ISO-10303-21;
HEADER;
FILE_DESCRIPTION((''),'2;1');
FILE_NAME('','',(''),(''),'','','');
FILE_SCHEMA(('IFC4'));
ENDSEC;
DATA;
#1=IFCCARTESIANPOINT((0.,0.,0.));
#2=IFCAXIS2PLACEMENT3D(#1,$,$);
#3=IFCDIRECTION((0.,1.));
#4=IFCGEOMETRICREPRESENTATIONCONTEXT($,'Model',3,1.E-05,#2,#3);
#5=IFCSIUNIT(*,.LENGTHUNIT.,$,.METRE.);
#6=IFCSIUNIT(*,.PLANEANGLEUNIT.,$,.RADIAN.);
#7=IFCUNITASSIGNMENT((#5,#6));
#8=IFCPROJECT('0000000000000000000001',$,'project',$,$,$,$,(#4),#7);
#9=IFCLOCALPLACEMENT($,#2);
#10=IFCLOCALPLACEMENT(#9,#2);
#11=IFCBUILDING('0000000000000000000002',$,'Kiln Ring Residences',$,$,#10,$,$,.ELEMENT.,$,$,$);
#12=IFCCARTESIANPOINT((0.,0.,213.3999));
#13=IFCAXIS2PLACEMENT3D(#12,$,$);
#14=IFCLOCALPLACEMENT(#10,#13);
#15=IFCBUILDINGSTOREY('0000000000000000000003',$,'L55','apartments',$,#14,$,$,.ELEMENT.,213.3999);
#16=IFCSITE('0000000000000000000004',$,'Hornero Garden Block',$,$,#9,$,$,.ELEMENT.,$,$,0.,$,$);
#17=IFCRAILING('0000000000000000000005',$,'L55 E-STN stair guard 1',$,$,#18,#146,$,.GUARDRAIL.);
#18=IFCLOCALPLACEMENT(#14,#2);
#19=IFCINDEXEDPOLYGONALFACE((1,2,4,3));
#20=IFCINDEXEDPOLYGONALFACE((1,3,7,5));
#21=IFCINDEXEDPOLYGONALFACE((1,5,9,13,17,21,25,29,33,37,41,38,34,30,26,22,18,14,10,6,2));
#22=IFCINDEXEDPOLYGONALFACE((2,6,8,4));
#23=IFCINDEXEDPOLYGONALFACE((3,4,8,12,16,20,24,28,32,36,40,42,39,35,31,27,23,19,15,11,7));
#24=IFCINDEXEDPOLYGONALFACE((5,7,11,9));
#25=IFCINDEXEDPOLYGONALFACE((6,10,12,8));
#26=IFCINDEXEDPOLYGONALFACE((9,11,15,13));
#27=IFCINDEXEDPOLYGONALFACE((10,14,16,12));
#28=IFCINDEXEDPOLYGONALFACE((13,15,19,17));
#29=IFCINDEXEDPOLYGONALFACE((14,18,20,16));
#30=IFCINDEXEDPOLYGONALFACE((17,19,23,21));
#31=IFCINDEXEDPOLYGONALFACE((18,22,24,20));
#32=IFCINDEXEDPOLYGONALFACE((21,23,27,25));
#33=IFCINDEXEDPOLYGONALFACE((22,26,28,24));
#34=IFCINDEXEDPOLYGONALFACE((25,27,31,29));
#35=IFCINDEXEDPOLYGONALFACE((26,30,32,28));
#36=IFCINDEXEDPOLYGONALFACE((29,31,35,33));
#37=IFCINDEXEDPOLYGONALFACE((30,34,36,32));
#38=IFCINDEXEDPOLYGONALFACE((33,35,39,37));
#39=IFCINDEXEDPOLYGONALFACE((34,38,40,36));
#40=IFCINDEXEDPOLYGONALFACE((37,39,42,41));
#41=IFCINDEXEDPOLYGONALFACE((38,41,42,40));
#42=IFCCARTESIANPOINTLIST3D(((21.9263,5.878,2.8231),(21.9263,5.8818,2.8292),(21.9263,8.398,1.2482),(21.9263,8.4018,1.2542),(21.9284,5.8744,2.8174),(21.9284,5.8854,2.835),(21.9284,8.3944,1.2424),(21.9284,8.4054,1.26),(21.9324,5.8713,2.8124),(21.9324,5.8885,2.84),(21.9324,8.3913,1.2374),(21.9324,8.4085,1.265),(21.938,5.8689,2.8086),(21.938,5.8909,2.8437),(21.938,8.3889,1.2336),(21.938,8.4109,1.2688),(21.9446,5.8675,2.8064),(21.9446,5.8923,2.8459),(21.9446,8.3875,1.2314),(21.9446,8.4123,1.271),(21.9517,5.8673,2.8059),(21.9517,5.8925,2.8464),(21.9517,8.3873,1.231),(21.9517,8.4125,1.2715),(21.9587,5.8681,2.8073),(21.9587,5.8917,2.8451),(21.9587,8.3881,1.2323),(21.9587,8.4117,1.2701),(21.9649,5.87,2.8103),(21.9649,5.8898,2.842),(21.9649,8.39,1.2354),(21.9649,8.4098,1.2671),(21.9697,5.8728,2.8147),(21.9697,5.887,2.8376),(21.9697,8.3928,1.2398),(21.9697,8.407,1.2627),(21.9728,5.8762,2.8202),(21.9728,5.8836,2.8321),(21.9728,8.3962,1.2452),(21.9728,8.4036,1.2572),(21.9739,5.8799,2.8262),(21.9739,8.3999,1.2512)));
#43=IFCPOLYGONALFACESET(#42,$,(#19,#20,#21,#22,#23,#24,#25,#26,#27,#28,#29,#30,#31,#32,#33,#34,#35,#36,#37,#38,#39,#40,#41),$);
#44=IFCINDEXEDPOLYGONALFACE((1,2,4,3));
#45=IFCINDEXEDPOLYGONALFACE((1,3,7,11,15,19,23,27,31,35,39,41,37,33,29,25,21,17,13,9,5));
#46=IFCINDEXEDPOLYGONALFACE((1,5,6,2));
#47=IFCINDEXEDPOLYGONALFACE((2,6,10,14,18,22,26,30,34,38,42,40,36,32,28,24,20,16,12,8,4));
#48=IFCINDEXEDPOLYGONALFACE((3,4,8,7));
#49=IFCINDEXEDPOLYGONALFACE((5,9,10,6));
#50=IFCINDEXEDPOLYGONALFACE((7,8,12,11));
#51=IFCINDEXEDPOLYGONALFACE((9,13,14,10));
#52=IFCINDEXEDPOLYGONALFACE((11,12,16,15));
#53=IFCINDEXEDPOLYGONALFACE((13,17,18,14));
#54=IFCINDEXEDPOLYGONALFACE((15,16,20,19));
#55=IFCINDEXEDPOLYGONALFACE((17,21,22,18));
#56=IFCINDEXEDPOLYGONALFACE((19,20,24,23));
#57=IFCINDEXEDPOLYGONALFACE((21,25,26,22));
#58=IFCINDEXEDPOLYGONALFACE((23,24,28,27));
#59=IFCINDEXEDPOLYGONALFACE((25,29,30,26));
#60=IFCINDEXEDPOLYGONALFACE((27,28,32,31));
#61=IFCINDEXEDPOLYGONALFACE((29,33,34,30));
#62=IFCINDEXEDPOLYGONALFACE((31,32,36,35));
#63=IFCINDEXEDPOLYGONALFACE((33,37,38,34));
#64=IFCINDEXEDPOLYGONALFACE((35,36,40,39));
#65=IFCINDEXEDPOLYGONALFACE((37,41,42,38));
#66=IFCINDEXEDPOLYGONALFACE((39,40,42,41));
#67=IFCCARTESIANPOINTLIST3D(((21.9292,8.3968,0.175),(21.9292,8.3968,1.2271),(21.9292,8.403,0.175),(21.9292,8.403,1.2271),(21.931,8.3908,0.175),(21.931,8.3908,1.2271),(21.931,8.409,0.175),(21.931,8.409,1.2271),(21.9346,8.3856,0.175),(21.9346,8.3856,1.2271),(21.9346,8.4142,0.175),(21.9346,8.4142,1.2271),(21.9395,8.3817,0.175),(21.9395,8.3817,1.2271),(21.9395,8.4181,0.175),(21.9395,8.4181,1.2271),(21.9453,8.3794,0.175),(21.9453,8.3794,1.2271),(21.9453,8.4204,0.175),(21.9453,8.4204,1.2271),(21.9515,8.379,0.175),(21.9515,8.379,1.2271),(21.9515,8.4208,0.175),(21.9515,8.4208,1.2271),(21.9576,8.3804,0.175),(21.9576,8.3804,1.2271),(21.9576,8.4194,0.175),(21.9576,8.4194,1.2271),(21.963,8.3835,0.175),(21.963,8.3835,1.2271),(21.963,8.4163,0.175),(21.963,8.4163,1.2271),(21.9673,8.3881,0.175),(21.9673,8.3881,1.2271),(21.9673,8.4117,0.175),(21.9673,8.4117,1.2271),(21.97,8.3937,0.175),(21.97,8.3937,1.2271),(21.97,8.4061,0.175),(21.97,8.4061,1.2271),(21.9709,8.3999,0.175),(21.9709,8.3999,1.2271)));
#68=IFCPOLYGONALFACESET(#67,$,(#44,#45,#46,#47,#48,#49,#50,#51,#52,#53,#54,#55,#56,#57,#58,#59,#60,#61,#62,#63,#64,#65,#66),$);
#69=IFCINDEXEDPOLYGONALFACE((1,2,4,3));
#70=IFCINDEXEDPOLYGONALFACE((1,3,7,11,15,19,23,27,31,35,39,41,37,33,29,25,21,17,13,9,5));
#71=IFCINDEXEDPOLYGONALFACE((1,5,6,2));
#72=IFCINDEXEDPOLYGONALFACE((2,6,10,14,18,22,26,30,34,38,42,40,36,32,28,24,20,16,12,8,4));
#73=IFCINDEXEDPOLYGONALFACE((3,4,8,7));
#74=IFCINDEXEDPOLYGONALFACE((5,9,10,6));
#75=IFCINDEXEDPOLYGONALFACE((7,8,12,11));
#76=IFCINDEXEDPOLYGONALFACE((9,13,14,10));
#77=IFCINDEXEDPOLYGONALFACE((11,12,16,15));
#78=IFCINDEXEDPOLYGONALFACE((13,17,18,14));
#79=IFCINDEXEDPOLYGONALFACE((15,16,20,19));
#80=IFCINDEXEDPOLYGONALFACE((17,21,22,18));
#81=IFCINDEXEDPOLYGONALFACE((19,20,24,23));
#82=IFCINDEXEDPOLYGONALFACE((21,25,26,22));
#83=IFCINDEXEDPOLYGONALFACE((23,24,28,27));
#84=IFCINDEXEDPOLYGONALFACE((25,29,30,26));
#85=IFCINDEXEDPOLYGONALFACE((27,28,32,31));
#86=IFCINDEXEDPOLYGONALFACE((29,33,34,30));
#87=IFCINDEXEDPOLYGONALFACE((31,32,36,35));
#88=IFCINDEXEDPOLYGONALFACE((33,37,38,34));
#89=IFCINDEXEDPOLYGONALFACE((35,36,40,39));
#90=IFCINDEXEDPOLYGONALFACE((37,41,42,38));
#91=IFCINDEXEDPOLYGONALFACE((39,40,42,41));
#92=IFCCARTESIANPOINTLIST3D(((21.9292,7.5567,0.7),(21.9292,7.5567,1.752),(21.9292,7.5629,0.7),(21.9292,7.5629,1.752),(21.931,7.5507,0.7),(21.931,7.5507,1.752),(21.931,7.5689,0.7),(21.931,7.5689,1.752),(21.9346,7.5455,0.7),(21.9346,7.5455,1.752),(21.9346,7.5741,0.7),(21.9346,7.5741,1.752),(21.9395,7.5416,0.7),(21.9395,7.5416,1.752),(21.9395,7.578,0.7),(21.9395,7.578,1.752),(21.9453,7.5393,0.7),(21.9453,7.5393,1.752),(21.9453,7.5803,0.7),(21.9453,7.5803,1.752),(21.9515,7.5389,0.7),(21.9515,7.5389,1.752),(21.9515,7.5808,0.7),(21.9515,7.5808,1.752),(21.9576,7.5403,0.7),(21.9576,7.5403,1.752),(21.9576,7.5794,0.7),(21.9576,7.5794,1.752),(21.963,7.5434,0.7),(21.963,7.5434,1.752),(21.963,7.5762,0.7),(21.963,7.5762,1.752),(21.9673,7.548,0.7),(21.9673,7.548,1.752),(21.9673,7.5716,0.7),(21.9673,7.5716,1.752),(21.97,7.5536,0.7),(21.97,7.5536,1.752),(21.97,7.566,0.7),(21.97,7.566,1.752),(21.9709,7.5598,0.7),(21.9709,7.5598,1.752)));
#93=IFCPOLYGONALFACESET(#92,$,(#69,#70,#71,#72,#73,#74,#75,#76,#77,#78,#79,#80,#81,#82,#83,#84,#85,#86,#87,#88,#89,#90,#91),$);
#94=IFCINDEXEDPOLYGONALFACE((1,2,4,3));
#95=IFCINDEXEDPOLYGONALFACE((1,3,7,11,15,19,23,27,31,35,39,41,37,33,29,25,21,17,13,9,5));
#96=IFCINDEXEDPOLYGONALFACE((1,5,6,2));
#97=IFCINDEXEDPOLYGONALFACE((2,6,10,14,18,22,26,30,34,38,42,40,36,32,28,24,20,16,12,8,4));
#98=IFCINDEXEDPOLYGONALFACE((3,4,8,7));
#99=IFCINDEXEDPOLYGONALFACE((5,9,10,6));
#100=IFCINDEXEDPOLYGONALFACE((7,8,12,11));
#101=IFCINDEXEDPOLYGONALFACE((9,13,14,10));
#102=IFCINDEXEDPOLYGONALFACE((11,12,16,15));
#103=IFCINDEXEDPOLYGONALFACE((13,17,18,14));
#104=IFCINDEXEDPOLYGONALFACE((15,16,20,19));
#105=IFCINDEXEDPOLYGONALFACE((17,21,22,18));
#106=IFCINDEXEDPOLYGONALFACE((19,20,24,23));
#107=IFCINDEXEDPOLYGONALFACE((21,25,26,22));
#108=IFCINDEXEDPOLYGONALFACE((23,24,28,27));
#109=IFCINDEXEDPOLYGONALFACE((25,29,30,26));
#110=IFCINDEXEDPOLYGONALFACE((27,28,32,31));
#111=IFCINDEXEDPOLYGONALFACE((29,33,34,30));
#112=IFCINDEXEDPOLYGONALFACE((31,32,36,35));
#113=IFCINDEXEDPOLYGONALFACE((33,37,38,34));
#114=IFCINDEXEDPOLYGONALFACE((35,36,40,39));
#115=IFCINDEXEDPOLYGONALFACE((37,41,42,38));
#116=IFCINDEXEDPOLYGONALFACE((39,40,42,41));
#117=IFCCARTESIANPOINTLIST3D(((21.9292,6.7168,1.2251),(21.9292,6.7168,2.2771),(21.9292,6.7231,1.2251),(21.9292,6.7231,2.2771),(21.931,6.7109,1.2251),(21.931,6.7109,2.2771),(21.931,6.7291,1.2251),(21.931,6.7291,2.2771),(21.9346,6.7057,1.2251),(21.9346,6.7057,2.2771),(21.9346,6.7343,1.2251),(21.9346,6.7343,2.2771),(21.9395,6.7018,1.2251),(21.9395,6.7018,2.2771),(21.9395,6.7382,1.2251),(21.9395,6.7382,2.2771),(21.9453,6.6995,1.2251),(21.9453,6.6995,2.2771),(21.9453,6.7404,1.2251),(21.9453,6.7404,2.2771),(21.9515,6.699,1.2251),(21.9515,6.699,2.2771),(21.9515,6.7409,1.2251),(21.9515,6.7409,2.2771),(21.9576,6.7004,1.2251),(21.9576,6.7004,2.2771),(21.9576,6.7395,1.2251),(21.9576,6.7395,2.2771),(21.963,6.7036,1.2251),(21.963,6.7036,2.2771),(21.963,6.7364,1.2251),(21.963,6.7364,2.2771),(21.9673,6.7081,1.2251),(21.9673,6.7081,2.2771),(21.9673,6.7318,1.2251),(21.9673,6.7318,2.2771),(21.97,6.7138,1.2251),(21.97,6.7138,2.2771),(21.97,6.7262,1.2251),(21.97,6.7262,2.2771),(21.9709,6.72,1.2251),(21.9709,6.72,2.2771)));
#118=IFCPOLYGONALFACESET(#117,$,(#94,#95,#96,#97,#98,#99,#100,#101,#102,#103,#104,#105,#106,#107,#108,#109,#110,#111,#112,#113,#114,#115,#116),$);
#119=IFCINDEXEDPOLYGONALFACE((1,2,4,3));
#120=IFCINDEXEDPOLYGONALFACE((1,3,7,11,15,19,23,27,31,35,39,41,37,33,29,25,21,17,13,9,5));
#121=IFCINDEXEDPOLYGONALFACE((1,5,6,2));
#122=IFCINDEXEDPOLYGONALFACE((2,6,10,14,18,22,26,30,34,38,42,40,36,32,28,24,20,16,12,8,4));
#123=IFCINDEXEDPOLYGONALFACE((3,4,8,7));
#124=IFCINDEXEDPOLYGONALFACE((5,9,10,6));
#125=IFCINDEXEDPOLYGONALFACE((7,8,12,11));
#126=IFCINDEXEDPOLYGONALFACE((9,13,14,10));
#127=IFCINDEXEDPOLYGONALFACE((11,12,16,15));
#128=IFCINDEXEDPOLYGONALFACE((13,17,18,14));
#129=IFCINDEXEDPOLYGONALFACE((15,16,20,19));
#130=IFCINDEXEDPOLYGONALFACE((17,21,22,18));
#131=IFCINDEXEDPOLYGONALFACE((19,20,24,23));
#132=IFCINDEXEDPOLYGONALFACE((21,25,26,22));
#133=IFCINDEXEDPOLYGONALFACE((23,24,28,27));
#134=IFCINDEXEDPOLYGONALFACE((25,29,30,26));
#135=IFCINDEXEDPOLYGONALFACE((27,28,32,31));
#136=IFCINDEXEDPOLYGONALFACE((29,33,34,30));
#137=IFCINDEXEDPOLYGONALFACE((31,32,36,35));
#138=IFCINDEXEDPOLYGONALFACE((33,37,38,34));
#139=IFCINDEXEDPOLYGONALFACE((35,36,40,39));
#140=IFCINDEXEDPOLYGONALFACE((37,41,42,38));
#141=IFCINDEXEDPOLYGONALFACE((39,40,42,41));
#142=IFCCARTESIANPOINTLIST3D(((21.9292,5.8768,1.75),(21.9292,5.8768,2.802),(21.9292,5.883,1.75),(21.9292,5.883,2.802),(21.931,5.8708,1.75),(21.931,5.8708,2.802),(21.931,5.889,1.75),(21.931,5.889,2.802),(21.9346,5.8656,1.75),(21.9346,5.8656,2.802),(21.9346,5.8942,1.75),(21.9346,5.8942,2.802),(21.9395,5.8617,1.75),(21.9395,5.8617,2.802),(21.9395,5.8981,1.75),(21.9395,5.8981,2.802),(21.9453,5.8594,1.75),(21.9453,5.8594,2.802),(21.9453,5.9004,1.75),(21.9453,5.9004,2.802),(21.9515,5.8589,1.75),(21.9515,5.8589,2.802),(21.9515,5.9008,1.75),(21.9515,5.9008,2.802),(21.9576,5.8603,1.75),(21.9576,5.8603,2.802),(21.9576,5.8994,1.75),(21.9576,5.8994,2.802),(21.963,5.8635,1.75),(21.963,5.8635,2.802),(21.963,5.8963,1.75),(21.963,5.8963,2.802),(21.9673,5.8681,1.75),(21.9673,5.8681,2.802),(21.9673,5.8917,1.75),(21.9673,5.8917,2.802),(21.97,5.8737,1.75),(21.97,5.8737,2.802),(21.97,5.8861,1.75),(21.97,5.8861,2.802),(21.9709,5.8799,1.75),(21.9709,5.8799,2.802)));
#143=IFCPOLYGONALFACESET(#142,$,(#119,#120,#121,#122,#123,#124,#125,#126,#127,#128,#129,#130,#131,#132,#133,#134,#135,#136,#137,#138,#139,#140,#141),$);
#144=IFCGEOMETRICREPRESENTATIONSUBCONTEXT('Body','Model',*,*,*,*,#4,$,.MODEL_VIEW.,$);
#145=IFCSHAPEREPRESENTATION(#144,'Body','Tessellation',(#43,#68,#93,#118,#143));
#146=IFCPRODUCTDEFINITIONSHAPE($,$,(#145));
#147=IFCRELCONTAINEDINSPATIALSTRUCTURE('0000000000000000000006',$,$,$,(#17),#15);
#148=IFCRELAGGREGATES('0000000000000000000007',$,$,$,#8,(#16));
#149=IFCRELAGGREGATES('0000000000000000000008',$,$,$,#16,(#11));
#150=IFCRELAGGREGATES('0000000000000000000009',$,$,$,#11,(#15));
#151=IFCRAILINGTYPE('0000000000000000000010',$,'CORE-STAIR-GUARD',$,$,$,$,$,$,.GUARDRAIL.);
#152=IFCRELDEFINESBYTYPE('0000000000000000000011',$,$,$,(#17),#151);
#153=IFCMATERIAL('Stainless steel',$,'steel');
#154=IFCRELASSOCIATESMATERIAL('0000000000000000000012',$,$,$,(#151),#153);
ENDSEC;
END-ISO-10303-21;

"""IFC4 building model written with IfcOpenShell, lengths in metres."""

from ifc_helpers import new_model, si_unit, direction, frame, origin, origin_2d, place, context, subcontext, project, spatial, circle, extrude, material, type_object, element, save


model = new_model("IFC4")

# Units and contexts
model_context = context("Model", 3, precision=1e-05, world=origin(), true_north=direction((0.0, 1.0)))
body_context = subcontext(model_context, "Body", "Model", "MODEL_VIEW")
ifc_project = project(units=[si_unit("LENGTHUNIT", "METRE"), si_unit("PLANEANGLEUNIT", "RADIAN")], contexts=[model_context])

# Site, building, storey
site_placement = place(None, origin())
site = spatial("IfcSite", under=ifc_project, at=site_placement, Name="Hornero Garden Block", CompositionType="ELEMENT", RefElevation=0.0)
building_placement = place(site_placement, origin())
building = spatial("IfcBuilding", under=site, at=building_placement, Name="Kiln Ring Residences", CompositionType="ELEMENT")
storey_placement = place(building_placement, frame((0.0, 0.0, 213.3999)))
storey = spatial("IfcBuildingStorey", under=building, at=storey_placement, Name="L55", Description="apartments", CompositionType="ELEMENT", Elevation=213.3999)

# Railing
ifc_material_1 = material(Name="Stainless steel", Category="steel")
railing_type_1 = type_object("IfcRailingType", Name="CORE-STAIR-GUARD", PredefinedType="GUARDRAIL", material=ifc_material_1)
railing_1_placement = place(storey_placement, frame((21.95, 8.3999, 0.175)))
element("IfcRailing", 1, at=railing_1_placement, inside=storey, type_object=railing_type_1, Name="L55 E-STN stair guard 1", PredefinedType="GUARDRAIL", context=body_context, shape_type="SweptSolid", body=[
    extrude(circle(Radius=0.0239, at=origin_2d()), frame((0.0, 0.0, 1.0762), z_axis=(0.0, -0.848008, 0.529984), x_axis=(1.0, 0.0, 0.0)), (0.0, 0.0, 1.0), 2.9717),
    extrude(circle(Radius=0.021, at=origin_2d()), origin(), (0.0, 0.0, 1.0), 1.052),
    extrude(circle(Radius=0.021, at=origin_2d()), frame((0.0, -0.8401, 0.5249)), (0.0, 0.0, 1.0), 1.052),
    extrude(circle(Radius=0.021, at=origin_2d()), frame((0.0, -1.6799, 1.05)), (0.0, 0.0, 1.0), 1.052),
    extrude(circle(Radius=0.021, at=origin_2d()), frame((0.0, -2.52, 1.575)), (0.0, 0.0, 1.0), 1.052),
])

save(model, "model.ifc")
